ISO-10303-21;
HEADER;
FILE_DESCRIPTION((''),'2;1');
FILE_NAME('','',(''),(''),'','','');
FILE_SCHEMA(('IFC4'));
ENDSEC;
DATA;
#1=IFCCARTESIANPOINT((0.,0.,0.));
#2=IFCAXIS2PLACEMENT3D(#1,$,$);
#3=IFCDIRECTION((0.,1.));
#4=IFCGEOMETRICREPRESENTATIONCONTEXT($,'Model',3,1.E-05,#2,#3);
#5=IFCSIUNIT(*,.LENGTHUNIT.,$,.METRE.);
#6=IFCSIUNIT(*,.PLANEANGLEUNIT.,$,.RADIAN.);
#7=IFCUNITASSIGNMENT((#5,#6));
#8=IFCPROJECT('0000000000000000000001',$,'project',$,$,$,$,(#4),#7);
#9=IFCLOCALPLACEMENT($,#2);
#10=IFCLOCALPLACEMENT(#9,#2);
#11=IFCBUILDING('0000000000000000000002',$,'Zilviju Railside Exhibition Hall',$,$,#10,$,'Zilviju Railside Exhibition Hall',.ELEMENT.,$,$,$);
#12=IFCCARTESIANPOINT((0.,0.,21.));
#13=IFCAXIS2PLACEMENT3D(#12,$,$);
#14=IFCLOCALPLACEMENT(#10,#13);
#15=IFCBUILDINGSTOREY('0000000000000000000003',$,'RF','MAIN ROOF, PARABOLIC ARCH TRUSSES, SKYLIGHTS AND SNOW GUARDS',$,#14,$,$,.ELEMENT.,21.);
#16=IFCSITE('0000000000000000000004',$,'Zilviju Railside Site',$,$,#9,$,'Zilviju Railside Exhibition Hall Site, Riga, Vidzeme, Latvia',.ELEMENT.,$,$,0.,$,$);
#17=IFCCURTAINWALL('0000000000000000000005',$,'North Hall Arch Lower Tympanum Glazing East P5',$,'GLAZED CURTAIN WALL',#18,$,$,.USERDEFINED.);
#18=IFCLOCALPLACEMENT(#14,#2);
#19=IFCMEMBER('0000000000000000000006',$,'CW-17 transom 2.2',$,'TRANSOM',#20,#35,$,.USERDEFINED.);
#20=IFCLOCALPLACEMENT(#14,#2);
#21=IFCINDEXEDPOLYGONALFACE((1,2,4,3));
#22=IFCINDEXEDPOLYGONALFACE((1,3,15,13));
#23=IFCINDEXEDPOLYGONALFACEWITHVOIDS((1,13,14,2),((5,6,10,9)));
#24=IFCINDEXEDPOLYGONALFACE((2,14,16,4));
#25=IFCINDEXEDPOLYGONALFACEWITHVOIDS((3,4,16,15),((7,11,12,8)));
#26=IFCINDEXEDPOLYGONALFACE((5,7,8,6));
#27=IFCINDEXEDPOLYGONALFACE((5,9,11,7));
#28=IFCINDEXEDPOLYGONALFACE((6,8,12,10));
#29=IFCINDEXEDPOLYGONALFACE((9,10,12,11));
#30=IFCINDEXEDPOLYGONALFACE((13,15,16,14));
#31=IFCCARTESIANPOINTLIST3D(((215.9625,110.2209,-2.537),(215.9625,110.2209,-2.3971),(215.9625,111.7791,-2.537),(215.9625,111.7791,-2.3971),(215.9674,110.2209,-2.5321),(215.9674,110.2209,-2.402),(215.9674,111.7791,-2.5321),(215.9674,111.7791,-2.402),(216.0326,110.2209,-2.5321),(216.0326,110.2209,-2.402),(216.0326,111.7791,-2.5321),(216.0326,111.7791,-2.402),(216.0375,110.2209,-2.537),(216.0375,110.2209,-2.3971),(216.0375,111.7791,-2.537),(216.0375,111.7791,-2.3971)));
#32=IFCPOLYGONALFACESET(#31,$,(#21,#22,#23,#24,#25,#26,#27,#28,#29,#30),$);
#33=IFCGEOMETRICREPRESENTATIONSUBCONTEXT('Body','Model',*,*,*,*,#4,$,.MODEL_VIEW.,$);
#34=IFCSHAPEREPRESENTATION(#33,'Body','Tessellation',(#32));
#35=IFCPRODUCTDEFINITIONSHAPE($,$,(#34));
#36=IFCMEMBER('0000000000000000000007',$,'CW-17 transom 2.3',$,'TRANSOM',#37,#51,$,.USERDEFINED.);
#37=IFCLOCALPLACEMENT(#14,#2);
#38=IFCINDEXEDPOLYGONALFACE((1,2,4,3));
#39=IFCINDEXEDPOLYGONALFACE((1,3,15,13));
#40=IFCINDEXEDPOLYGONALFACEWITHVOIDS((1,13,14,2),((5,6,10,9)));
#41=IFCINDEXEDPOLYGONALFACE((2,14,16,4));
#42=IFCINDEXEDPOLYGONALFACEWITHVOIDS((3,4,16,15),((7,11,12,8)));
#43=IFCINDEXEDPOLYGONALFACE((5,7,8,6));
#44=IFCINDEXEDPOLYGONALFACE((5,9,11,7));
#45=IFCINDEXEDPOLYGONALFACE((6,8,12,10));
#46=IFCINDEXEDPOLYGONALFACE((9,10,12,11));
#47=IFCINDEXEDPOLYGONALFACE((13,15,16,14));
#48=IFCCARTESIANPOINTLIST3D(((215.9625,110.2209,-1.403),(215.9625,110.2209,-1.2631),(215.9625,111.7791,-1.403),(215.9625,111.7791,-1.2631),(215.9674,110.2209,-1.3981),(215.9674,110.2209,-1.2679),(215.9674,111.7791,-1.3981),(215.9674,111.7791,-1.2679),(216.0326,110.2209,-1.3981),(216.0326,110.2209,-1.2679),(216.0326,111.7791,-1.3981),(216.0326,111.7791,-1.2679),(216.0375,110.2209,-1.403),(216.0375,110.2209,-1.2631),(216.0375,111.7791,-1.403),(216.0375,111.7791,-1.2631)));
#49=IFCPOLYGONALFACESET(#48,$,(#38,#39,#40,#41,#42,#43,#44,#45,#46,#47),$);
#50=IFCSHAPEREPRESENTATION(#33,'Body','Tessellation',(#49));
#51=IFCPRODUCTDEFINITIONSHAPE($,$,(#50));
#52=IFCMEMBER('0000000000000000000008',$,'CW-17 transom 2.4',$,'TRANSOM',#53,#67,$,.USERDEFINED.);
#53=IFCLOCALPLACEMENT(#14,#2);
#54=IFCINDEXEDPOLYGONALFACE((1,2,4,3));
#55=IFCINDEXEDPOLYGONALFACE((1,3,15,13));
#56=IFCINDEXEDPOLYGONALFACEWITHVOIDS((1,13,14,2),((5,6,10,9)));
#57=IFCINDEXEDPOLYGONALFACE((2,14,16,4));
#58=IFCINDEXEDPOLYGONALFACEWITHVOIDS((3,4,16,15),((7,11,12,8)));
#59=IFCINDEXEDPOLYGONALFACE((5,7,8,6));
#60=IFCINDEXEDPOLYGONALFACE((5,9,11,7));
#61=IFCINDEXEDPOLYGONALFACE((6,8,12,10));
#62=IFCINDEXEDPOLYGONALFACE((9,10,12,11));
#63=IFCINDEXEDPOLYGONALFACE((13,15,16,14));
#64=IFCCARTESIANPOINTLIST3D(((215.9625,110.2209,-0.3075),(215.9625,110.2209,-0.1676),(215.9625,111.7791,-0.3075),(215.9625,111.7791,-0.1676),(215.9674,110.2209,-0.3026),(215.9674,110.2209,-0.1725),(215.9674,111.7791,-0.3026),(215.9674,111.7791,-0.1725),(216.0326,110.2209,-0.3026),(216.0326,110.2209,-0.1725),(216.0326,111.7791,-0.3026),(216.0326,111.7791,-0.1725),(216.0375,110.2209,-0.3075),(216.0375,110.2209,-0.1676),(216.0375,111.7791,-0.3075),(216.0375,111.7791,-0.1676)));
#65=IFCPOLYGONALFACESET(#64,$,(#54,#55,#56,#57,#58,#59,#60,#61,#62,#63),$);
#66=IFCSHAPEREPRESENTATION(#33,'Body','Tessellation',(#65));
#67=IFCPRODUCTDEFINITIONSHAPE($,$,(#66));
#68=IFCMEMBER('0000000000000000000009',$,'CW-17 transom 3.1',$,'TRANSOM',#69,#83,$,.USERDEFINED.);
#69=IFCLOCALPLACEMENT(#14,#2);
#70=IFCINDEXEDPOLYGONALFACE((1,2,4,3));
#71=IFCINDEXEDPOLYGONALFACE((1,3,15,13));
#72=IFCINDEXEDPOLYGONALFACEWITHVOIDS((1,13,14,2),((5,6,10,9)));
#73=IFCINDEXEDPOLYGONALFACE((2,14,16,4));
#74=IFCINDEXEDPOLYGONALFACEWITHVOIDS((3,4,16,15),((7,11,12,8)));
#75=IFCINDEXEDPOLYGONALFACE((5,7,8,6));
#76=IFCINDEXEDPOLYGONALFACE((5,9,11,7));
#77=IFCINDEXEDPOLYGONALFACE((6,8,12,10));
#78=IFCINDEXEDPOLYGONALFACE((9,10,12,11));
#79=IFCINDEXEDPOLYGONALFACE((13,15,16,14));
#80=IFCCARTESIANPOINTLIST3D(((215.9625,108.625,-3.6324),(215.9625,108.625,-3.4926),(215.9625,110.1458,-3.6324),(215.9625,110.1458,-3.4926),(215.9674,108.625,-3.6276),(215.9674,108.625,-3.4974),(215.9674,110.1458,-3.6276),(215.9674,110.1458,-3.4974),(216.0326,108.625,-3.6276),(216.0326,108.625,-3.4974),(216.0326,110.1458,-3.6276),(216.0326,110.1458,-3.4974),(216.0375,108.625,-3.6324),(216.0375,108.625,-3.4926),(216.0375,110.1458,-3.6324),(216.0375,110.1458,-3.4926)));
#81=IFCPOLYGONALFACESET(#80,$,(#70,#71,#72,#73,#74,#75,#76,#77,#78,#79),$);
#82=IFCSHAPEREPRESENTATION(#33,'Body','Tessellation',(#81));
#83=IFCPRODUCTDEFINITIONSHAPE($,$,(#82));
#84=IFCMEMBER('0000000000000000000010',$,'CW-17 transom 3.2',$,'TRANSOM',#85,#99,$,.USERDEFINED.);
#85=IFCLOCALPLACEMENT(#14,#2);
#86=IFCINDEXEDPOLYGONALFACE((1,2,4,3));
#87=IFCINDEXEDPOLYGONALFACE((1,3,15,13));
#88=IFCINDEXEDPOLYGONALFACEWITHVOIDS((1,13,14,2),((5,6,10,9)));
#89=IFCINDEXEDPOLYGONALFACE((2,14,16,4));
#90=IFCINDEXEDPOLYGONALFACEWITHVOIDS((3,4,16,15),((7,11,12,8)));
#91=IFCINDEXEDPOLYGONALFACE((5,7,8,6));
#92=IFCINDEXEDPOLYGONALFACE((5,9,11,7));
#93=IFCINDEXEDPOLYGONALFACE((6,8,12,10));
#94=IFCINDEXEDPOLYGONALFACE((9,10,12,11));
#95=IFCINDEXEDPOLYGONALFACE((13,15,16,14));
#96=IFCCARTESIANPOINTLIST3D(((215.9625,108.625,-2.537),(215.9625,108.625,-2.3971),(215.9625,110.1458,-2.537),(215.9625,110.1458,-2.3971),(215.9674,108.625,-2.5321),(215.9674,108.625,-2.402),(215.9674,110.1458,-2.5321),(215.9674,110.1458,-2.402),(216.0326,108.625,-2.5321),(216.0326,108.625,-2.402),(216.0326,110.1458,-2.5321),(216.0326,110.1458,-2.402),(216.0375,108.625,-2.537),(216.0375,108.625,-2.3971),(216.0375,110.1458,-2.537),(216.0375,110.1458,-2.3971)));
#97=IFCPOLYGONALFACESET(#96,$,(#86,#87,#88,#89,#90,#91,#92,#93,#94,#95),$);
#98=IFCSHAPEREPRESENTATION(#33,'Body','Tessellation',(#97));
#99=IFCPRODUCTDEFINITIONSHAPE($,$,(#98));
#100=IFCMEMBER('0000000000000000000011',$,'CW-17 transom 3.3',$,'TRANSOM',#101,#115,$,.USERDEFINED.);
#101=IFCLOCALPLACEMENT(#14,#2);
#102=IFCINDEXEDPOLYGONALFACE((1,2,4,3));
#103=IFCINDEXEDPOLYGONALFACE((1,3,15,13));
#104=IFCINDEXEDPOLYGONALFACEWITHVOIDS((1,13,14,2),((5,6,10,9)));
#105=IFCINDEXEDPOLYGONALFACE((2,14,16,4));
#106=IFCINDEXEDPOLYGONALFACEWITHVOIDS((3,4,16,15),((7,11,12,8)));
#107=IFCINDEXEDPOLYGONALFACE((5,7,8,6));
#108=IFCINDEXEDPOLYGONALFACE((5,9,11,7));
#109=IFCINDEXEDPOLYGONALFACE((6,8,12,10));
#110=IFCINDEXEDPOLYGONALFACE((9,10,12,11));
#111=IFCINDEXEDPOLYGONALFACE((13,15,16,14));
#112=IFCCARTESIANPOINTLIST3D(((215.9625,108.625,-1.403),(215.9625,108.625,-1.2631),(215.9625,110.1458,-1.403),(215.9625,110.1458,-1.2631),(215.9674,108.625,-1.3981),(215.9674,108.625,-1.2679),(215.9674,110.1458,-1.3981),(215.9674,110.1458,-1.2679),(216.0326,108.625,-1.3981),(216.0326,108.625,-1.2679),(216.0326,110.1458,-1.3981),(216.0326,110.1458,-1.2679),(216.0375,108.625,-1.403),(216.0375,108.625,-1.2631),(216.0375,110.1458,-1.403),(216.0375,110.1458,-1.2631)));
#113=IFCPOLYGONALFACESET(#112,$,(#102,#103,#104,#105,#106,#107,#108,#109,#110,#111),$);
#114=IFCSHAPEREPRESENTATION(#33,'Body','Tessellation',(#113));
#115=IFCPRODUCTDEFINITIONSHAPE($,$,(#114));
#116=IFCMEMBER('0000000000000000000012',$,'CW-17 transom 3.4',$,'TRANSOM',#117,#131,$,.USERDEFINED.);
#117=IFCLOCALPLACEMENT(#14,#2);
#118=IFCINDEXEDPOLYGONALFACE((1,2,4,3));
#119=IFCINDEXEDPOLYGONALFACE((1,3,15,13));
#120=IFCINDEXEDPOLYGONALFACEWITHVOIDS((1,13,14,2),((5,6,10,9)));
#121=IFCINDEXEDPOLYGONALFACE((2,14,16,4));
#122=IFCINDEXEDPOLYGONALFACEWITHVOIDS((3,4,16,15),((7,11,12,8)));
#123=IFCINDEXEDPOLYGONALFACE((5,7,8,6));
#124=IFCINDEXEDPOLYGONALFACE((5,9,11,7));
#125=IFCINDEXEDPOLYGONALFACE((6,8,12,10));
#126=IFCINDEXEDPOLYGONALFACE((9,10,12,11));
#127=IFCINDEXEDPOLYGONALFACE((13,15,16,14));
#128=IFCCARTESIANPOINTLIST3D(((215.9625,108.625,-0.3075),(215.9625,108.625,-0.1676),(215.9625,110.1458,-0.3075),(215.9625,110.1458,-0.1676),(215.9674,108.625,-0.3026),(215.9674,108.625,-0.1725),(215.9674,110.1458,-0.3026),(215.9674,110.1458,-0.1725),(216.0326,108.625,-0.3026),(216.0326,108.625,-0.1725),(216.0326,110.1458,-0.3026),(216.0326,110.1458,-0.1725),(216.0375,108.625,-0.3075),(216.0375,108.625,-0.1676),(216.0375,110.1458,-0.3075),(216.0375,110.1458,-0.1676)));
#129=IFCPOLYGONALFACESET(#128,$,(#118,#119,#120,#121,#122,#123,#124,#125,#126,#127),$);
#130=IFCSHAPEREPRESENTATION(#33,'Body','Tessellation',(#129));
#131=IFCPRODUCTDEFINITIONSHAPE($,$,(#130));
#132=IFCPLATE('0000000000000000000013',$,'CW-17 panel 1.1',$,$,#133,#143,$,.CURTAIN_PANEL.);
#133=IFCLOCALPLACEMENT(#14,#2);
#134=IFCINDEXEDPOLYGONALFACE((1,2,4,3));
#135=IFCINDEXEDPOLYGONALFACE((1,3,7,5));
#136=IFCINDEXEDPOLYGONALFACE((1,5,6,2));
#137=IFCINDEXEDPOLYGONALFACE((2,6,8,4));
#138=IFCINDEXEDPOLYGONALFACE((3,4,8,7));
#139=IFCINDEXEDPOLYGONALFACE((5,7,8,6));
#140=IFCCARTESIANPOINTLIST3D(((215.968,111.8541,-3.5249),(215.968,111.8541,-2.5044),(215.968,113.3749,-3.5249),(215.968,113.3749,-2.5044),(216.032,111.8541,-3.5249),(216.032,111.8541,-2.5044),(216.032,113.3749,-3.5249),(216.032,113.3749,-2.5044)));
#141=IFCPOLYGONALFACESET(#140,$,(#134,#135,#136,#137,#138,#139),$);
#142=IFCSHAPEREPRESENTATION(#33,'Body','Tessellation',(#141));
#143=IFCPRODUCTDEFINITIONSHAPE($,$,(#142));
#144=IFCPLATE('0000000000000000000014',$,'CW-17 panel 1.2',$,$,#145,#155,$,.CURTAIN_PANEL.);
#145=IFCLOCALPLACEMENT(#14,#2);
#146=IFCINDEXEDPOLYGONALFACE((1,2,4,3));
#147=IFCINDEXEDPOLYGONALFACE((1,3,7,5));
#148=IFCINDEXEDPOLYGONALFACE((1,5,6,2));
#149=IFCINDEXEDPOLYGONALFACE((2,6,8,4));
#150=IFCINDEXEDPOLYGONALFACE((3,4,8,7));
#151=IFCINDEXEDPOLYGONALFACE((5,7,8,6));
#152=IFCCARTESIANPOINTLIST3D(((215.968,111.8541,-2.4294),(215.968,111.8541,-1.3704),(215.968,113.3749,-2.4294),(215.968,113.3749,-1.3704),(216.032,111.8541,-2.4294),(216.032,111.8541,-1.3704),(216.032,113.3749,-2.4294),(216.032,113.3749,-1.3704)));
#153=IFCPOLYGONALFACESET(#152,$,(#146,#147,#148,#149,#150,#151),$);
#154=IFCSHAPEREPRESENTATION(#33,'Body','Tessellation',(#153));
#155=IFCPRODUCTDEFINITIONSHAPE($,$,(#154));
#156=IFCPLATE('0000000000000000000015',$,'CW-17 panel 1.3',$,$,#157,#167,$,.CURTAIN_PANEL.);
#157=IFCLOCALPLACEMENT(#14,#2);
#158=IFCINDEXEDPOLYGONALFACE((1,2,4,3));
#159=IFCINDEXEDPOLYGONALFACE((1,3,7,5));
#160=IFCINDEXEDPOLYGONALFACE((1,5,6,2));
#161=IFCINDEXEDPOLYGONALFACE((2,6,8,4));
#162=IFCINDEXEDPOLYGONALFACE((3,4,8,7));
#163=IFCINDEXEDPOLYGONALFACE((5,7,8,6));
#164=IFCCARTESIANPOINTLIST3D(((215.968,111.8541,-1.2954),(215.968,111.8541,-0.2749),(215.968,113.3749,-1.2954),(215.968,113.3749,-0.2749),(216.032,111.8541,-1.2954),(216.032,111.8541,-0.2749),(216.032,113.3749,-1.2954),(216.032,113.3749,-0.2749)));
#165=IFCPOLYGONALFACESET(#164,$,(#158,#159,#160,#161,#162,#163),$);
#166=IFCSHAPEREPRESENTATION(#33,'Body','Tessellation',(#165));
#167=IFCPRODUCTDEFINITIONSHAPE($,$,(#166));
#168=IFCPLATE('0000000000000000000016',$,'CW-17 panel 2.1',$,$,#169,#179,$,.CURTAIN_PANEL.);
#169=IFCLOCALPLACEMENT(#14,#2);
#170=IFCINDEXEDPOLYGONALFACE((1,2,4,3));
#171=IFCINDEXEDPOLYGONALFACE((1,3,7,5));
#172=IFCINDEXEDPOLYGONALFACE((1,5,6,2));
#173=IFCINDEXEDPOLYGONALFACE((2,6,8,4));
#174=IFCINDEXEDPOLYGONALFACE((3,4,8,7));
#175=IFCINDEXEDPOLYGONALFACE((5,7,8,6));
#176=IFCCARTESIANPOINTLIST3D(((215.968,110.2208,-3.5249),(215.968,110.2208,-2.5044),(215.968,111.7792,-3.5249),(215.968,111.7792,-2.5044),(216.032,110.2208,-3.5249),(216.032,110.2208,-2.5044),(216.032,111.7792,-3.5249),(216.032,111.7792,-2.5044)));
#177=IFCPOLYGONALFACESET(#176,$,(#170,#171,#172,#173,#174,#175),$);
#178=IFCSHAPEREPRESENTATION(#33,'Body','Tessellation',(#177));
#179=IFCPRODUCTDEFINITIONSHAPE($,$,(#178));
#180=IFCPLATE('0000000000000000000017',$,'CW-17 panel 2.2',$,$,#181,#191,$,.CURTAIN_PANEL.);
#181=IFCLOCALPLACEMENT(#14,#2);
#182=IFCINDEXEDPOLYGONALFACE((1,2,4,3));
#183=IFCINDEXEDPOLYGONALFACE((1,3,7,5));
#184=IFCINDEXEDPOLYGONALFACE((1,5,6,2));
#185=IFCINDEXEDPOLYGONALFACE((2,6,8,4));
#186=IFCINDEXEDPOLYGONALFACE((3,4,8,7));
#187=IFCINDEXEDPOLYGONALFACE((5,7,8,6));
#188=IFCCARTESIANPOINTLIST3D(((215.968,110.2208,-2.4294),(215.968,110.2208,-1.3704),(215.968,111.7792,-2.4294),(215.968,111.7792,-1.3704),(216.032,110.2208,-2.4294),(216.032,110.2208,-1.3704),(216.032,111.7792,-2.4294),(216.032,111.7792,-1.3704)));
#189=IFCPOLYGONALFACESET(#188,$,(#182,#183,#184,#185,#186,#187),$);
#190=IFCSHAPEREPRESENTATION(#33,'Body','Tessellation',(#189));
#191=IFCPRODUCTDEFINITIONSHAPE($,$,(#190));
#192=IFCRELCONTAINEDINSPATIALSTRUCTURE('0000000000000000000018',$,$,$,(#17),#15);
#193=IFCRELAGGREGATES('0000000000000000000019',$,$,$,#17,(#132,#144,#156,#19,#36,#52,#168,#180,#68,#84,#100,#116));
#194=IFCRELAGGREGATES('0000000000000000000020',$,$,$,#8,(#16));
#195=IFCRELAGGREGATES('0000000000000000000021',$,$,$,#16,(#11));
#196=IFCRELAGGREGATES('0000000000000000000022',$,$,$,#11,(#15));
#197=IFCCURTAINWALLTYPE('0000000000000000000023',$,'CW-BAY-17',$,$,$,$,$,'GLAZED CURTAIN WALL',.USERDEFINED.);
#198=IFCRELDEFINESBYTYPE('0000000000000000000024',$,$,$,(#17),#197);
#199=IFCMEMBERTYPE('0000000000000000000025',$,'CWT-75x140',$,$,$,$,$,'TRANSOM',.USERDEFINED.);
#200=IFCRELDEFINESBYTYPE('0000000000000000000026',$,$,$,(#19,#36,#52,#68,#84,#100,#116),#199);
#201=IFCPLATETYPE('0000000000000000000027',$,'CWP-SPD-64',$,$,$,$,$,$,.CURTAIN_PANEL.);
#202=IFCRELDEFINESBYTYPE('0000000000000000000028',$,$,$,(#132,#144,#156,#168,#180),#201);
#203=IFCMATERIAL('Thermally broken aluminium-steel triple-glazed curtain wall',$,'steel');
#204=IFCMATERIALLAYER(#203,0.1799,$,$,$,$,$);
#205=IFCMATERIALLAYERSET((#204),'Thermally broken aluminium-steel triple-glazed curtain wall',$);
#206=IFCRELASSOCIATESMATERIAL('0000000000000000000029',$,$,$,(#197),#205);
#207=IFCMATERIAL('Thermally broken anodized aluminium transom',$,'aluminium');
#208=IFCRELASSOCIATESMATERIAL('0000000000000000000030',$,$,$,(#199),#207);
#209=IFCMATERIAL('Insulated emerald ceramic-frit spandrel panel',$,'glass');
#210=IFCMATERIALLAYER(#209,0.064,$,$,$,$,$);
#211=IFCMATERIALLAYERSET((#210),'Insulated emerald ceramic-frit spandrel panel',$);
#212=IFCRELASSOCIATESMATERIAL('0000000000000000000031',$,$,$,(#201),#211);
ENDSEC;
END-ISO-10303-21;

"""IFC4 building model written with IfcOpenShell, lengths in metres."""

from ifc_helpers import new_model, si_unit, direction, frame, origin, origin_2d, place, context, subcontext, project, spatial, rectangle, hollow_rectangle, extrude, material, layer, layer_set, material_profile, profile_set, type_object, element, aggregate, save


model = new_model("IFC4")

# Units and contexts
model_context = context("Model", 3, precision=1e-05, world=origin(), true_north=direction((0.0, 1.0)))
body_context = subcontext(model_context, "Body", "Model", "MODEL_VIEW")
ifc_project = project(units=[si_unit("LENGTHUNIT", "METRE"), si_unit("PLANEANGLEUNIT", "RADIAN")], contexts=[model_context])

# Site, building, storey
site_placement = place(None, origin())
site = spatial("IfcSite", under=ifc_project, at=site_placement, Name="Zilviju Railside Site", LongName="Zilviju Railside Exhibition Hall Site, Riga, Vidzeme, Latvia", CompositionType="ELEMENT", RefElevation=0.0)
building_placement = place(site_placement, origin())
building = spatial("IfcBuilding", under=site, at=building_placement, Name="Zilviju Railside Exhibition Hall", LongName="Zilviju Railside Exhibition Hall", CompositionType="ELEMENT")
storey_placement = place(building_placement, frame((0.0, 0.0, 21.0)))
storey = spatial("IfcBuildingStorey", under=building, at=storey_placement, Name="RF", Description="MAIN ROOF, PARABOLIC ARCH TRUSSES, SKYLIGHTS AND SNOW GUARDS", CompositionType="ELEMENT", Elevation=21.0)

# Shared definitions
ifc_material_1 = material(Name="Thermally broken aluminium-steel triple-glazed curtain wall", Category="steel")

# Curtain wall, members, plates
ifc_layer_1 = layer(ifc_material_1, 0.1799)
ifc_layer_set_1 = layer_set([ifc_layer_1], Name="Thermally broken aluminium-steel triple-glazed curtain wall")
curtain_wall_type_1 = type_object("IfcCurtainWallType", Name="CW-BAY-17", ElementType="GLAZED CURTAIN WALL", PredefinedType="USERDEFINED", material=ifc_layer_set_1)
curtain_wall_1_placement = place(storey_placement, origin())
curtain_wall_1 = element("IfcCurtainWall", 1, at=curtain_wall_1_placement, inside=storey, type_object=curtain_wall_type_1, Name="North Hall Arch Lower Tympanum Glazing East P5", ObjectType="GLAZED CURTAIN WALL", PredefinedType="USERDEFINED")
ifc_material_2 = material(Name="Thermally broken anodized aluminium transom", Category="aluminium")
ifc_material_profile_1 = material_profile(ifc_material_2, hollow_rectangle(XDim=0.075, YDim=0.1399, WallThickness=0.0049, at=origin_2d()), Name="TRANSOM 140x75x5")
ifc_profile_set_1 = profile_set([ifc_material_profile_1], Name="Thermally broken anodized aluminium transom")
member_type_1 = type_object("IfcMemberType", Name="CWT-75x140", ElementType="TRANSOM", PredefinedType="USERDEFINED", material=ifc_profile_set_1)
member_1_placement = place(storey_placement, frame((216.0, 111.7791, -2.467), z_axis=(0.0, -1.0, 0.0), x_axis=(1.0, 0.0, 0.0)))
member_1 = element("IfcMember", 2, at=member_1_placement, type_object=member_type_1, Name="CW-17 transom 2.2", ObjectType="TRANSOM", PredefinedType="USERDEFINED", context=body_context, shape_type="SweptSolid", body=[
    extrude(hollow_rectangle(XDim=0.075, YDim=0.1399, WallThickness=0.0049, at=origin_2d()), origin(), (0.0, 0.0, 1.0), 1.5581),
])
member_2_placement = place(storey_placement, frame((216.0, 111.7791, -1.333), z_axis=(0.0, -1.0, 0.0), x_axis=(1.0, 0.0, 0.0)))
member_2 = element("IfcMember", 3, at=member_2_placement, type_object=member_type_1, Name="CW-17 transom 2.3", ObjectType="TRANSOM", PredefinedType="USERDEFINED", context=body_context, shape_type="SweptSolid", body=[
    extrude(hollow_rectangle(XDim=0.075, YDim=0.1399, WallThickness=0.0049, at=origin_2d()), origin(), (0.0, 0.0, 1.0), 1.5581),
])
member_3_placement = place(storey_placement, frame((216.0, 111.7791, -0.2375), z_axis=(0.0, -1.0, 0.0), x_axis=(1.0, 0.0, 0.0)))
member_3 = element("IfcMember", 4, at=member_3_placement, type_object=member_type_1, Name="CW-17 transom 2.4", ObjectType="TRANSOM", PredefinedType="USERDEFINED", context=body_context, shape_type="SweptSolid", body=[
    extrude(hollow_rectangle(XDim=0.075, YDim=0.1399, WallThickness=0.0049, at=origin_2d()), origin(), (0.0, 0.0, 1.0), 1.5581),
])
member_4_placement = place(storey_placement, frame((216.0, 110.1458, -3.5625), z_axis=(0.0, -1.0, 0.0), x_axis=(1.0, 0.0, 0.0)))
member_4 = element("IfcMember", 5, at=member_4_placement, type_object=member_type_1, Name="CW-17 transom 3.1", ObjectType="TRANSOM", PredefinedType="USERDEFINED", context=body_context, shape_type="SweptSolid", body=[
    extrude(hollow_rectangle(XDim=0.075, YDim=0.1399, WallThickness=0.0049, at=origin_2d()), origin(), (0.0, 0.0, 1.0), 1.5208),
])
member_5_placement = place(storey_placement, frame((216.0, 110.1458, -2.467), z_axis=(0.0, -1.0, 0.0), x_axis=(1.0, 0.0, 0.0)))
member_5 = element("IfcMember", 6, at=member_5_placement, type_object=member_type_1, Name="CW-17 transom 3.2", ObjectType="TRANSOM", PredefinedType="USERDEFINED", context=body_context, shape_type="SweptSolid", body=[
    extrude(hollow_rectangle(XDim=0.075, YDim=0.1399, WallThickness=0.0049, at=origin_2d()), origin(), (0.0, 0.0, 1.0), 1.5208),
])
member_6_placement = place(storey_placement, frame((216.0, 110.1458, -1.333), z_axis=(0.0, -1.0, 0.0), x_axis=(1.0, 0.0, 0.0)))
member_6 = element("IfcMember", 7, at=member_6_placement, type_object=member_type_1, Name="CW-17 transom 3.3", ObjectType="TRANSOM", PredefinedType="USERDEFINED", context=body_context, shape_type="SweptSolid", body=[
    extrude(hollow_rectangle(XDim=0.075, YDim=0.1399, WallThickness=0.0049, at=origin_2d()), origin(), (0.0, 0.0, 1.0), 1.5208),
])
member_7_placement = place(storey_placement, frame((216.0, 110.1458, -0.2375), z_axis=(0.0, -1.0, 0.0), x_axis=(1.0, 0.0, 0.0)))
member_7 = element("IfcMember", 8, at=member_7_placement, type_object=member_type_1, Name="CW-17 transom 3.4", ObjectType="TRANSOM", PredefinedType="USERDEFINED", context=body_context, shape_type="SweptSolid", body=[
    extrude(hollow_rectangle(XDim=0.075, YDim=0.1399, WallThickness=0.0049, at=origin_2d()), origin(), (0.0, 0.0, 1.0), 1.5208),
])
ifc_material_3 = material(Name="Insulated emerald ceramic-frit spandrel panel", Category="glass")
ifc_layer_2 = layer(ifc_material_3, 0.064)
ifc_layer_set_2 = layer_set([ifc_layer_2], Name="Insulated emerald ceramic-frit spandrel panel")
plate_type = type_object("IfcPlateType", Name="CWP-SPD-64", PredefinedType="CURTAIN_PANEL", material=ifc_layer_set_2)
plate_1_placement = place(storey_placement, frame((216.0, 112.6145, -3.5249), z_axis=(0.0, 0.0, 1.0), x_axis=(0.0, -1.0, 0.0)))
plate_1 = element("IfcPlate", 9, at=plate_1_placement, type_object=plate_type, Name="CW-17 panel 1.1", PredefinedType="CURTAIN_PANEL", context=body_context, shape_type="SweptSolid", body=[
    extrude(rectangle(XDim=1.5208, YDim=0.064, at=origin_2d()), origin(), (0.0, 0.0, 1.0), 1.0205),
])
plate_2_placement = place(storey_placement, frame((216.0, 112.6145, -2.4294), z_axis=(0.0, 0.0, 1.0), x_axis=(0.0, -1.0, 0.0)))
plate_2 = element("IfcPlate", 10, at=plate_2_placement, type_object=plate_type, Name="CW-17 panel 1.2", PredefinedType="CURTAIN_PANEL", context=body_context, shape_type="SweptSolid", body=[
    extrude(rectangle(XDim=1.5208, YDim=0.064, at=origin_2d()), origin(), (0.0, 0.0, 1.0), 1.0591),
])
plate_3_placement = place(storey_placement, frame((216.0, 112.6145, -1.2954), z_axis=(0.0, 0.0, 1.0), x_axis=(0.0, -1.0, 0.0)))
plate_3 = element("IfcPlate", 11, at=plate_3_placement, type_object=plate_type, Name="CW-17 panel 1.3", PredefinedType="CURTAIN_PANEL", context=body_context, shape_type="SweptSolid", body=[
    extrude(rectangle(XDim=1.5208, YDim=0.064, at=origin_2d()), origin(), (0.0, 0.0, 1.0), 1.0205),
])
plate_4_placement = place(storey_placement, frame((216.0, 111.0, -3.5249), z_axis=(0.0, 0.0, 1.0), x_axis=(0.0, -1.0, 0.0)))
plate_4 = element("IfcPlate", 12, at=plate_4_placement, type_object=plate_type, Name="CW-17 panel 2.1", PredefinedType="CURTAIN_PANEL", context=body_context, shape_type="SweptSolid", body=[
    extrude(rectangle(XDim=1.5583, YDim=0.064, at=origin_2d()), origin(), (0.0, 0.0, 1.0), 1.0205),
])
plate_5_placement = place(storey_placement, frame((216.0, 111.0, -2.4294), z_axis=(0.0, 0.0, 1.0), x_axis=(0.0, -1.0, 0.0)))
plate_5 = element("IfcPlate", 13, at=plate_5_placement, type_object=plate_type, Name="CW-17 panel 2.2", PredefinedType="CURTAIN_PANEL", context=body_context, shape_type="SweptSolid", body=[
    extrude(rectangle(XDim=1.5583, YDim=0.064, at=origin_2d()), origin(), (0.0, 0.0, 1.0), 1.0591),
])
aggregate(curtain_wall_1, [plate_1, plate_2, plate_3, member_1, member_2, member_3, plate_4, plate_5, member_4, member_5, member_6, member_7])

save(model, "model.ifc")
